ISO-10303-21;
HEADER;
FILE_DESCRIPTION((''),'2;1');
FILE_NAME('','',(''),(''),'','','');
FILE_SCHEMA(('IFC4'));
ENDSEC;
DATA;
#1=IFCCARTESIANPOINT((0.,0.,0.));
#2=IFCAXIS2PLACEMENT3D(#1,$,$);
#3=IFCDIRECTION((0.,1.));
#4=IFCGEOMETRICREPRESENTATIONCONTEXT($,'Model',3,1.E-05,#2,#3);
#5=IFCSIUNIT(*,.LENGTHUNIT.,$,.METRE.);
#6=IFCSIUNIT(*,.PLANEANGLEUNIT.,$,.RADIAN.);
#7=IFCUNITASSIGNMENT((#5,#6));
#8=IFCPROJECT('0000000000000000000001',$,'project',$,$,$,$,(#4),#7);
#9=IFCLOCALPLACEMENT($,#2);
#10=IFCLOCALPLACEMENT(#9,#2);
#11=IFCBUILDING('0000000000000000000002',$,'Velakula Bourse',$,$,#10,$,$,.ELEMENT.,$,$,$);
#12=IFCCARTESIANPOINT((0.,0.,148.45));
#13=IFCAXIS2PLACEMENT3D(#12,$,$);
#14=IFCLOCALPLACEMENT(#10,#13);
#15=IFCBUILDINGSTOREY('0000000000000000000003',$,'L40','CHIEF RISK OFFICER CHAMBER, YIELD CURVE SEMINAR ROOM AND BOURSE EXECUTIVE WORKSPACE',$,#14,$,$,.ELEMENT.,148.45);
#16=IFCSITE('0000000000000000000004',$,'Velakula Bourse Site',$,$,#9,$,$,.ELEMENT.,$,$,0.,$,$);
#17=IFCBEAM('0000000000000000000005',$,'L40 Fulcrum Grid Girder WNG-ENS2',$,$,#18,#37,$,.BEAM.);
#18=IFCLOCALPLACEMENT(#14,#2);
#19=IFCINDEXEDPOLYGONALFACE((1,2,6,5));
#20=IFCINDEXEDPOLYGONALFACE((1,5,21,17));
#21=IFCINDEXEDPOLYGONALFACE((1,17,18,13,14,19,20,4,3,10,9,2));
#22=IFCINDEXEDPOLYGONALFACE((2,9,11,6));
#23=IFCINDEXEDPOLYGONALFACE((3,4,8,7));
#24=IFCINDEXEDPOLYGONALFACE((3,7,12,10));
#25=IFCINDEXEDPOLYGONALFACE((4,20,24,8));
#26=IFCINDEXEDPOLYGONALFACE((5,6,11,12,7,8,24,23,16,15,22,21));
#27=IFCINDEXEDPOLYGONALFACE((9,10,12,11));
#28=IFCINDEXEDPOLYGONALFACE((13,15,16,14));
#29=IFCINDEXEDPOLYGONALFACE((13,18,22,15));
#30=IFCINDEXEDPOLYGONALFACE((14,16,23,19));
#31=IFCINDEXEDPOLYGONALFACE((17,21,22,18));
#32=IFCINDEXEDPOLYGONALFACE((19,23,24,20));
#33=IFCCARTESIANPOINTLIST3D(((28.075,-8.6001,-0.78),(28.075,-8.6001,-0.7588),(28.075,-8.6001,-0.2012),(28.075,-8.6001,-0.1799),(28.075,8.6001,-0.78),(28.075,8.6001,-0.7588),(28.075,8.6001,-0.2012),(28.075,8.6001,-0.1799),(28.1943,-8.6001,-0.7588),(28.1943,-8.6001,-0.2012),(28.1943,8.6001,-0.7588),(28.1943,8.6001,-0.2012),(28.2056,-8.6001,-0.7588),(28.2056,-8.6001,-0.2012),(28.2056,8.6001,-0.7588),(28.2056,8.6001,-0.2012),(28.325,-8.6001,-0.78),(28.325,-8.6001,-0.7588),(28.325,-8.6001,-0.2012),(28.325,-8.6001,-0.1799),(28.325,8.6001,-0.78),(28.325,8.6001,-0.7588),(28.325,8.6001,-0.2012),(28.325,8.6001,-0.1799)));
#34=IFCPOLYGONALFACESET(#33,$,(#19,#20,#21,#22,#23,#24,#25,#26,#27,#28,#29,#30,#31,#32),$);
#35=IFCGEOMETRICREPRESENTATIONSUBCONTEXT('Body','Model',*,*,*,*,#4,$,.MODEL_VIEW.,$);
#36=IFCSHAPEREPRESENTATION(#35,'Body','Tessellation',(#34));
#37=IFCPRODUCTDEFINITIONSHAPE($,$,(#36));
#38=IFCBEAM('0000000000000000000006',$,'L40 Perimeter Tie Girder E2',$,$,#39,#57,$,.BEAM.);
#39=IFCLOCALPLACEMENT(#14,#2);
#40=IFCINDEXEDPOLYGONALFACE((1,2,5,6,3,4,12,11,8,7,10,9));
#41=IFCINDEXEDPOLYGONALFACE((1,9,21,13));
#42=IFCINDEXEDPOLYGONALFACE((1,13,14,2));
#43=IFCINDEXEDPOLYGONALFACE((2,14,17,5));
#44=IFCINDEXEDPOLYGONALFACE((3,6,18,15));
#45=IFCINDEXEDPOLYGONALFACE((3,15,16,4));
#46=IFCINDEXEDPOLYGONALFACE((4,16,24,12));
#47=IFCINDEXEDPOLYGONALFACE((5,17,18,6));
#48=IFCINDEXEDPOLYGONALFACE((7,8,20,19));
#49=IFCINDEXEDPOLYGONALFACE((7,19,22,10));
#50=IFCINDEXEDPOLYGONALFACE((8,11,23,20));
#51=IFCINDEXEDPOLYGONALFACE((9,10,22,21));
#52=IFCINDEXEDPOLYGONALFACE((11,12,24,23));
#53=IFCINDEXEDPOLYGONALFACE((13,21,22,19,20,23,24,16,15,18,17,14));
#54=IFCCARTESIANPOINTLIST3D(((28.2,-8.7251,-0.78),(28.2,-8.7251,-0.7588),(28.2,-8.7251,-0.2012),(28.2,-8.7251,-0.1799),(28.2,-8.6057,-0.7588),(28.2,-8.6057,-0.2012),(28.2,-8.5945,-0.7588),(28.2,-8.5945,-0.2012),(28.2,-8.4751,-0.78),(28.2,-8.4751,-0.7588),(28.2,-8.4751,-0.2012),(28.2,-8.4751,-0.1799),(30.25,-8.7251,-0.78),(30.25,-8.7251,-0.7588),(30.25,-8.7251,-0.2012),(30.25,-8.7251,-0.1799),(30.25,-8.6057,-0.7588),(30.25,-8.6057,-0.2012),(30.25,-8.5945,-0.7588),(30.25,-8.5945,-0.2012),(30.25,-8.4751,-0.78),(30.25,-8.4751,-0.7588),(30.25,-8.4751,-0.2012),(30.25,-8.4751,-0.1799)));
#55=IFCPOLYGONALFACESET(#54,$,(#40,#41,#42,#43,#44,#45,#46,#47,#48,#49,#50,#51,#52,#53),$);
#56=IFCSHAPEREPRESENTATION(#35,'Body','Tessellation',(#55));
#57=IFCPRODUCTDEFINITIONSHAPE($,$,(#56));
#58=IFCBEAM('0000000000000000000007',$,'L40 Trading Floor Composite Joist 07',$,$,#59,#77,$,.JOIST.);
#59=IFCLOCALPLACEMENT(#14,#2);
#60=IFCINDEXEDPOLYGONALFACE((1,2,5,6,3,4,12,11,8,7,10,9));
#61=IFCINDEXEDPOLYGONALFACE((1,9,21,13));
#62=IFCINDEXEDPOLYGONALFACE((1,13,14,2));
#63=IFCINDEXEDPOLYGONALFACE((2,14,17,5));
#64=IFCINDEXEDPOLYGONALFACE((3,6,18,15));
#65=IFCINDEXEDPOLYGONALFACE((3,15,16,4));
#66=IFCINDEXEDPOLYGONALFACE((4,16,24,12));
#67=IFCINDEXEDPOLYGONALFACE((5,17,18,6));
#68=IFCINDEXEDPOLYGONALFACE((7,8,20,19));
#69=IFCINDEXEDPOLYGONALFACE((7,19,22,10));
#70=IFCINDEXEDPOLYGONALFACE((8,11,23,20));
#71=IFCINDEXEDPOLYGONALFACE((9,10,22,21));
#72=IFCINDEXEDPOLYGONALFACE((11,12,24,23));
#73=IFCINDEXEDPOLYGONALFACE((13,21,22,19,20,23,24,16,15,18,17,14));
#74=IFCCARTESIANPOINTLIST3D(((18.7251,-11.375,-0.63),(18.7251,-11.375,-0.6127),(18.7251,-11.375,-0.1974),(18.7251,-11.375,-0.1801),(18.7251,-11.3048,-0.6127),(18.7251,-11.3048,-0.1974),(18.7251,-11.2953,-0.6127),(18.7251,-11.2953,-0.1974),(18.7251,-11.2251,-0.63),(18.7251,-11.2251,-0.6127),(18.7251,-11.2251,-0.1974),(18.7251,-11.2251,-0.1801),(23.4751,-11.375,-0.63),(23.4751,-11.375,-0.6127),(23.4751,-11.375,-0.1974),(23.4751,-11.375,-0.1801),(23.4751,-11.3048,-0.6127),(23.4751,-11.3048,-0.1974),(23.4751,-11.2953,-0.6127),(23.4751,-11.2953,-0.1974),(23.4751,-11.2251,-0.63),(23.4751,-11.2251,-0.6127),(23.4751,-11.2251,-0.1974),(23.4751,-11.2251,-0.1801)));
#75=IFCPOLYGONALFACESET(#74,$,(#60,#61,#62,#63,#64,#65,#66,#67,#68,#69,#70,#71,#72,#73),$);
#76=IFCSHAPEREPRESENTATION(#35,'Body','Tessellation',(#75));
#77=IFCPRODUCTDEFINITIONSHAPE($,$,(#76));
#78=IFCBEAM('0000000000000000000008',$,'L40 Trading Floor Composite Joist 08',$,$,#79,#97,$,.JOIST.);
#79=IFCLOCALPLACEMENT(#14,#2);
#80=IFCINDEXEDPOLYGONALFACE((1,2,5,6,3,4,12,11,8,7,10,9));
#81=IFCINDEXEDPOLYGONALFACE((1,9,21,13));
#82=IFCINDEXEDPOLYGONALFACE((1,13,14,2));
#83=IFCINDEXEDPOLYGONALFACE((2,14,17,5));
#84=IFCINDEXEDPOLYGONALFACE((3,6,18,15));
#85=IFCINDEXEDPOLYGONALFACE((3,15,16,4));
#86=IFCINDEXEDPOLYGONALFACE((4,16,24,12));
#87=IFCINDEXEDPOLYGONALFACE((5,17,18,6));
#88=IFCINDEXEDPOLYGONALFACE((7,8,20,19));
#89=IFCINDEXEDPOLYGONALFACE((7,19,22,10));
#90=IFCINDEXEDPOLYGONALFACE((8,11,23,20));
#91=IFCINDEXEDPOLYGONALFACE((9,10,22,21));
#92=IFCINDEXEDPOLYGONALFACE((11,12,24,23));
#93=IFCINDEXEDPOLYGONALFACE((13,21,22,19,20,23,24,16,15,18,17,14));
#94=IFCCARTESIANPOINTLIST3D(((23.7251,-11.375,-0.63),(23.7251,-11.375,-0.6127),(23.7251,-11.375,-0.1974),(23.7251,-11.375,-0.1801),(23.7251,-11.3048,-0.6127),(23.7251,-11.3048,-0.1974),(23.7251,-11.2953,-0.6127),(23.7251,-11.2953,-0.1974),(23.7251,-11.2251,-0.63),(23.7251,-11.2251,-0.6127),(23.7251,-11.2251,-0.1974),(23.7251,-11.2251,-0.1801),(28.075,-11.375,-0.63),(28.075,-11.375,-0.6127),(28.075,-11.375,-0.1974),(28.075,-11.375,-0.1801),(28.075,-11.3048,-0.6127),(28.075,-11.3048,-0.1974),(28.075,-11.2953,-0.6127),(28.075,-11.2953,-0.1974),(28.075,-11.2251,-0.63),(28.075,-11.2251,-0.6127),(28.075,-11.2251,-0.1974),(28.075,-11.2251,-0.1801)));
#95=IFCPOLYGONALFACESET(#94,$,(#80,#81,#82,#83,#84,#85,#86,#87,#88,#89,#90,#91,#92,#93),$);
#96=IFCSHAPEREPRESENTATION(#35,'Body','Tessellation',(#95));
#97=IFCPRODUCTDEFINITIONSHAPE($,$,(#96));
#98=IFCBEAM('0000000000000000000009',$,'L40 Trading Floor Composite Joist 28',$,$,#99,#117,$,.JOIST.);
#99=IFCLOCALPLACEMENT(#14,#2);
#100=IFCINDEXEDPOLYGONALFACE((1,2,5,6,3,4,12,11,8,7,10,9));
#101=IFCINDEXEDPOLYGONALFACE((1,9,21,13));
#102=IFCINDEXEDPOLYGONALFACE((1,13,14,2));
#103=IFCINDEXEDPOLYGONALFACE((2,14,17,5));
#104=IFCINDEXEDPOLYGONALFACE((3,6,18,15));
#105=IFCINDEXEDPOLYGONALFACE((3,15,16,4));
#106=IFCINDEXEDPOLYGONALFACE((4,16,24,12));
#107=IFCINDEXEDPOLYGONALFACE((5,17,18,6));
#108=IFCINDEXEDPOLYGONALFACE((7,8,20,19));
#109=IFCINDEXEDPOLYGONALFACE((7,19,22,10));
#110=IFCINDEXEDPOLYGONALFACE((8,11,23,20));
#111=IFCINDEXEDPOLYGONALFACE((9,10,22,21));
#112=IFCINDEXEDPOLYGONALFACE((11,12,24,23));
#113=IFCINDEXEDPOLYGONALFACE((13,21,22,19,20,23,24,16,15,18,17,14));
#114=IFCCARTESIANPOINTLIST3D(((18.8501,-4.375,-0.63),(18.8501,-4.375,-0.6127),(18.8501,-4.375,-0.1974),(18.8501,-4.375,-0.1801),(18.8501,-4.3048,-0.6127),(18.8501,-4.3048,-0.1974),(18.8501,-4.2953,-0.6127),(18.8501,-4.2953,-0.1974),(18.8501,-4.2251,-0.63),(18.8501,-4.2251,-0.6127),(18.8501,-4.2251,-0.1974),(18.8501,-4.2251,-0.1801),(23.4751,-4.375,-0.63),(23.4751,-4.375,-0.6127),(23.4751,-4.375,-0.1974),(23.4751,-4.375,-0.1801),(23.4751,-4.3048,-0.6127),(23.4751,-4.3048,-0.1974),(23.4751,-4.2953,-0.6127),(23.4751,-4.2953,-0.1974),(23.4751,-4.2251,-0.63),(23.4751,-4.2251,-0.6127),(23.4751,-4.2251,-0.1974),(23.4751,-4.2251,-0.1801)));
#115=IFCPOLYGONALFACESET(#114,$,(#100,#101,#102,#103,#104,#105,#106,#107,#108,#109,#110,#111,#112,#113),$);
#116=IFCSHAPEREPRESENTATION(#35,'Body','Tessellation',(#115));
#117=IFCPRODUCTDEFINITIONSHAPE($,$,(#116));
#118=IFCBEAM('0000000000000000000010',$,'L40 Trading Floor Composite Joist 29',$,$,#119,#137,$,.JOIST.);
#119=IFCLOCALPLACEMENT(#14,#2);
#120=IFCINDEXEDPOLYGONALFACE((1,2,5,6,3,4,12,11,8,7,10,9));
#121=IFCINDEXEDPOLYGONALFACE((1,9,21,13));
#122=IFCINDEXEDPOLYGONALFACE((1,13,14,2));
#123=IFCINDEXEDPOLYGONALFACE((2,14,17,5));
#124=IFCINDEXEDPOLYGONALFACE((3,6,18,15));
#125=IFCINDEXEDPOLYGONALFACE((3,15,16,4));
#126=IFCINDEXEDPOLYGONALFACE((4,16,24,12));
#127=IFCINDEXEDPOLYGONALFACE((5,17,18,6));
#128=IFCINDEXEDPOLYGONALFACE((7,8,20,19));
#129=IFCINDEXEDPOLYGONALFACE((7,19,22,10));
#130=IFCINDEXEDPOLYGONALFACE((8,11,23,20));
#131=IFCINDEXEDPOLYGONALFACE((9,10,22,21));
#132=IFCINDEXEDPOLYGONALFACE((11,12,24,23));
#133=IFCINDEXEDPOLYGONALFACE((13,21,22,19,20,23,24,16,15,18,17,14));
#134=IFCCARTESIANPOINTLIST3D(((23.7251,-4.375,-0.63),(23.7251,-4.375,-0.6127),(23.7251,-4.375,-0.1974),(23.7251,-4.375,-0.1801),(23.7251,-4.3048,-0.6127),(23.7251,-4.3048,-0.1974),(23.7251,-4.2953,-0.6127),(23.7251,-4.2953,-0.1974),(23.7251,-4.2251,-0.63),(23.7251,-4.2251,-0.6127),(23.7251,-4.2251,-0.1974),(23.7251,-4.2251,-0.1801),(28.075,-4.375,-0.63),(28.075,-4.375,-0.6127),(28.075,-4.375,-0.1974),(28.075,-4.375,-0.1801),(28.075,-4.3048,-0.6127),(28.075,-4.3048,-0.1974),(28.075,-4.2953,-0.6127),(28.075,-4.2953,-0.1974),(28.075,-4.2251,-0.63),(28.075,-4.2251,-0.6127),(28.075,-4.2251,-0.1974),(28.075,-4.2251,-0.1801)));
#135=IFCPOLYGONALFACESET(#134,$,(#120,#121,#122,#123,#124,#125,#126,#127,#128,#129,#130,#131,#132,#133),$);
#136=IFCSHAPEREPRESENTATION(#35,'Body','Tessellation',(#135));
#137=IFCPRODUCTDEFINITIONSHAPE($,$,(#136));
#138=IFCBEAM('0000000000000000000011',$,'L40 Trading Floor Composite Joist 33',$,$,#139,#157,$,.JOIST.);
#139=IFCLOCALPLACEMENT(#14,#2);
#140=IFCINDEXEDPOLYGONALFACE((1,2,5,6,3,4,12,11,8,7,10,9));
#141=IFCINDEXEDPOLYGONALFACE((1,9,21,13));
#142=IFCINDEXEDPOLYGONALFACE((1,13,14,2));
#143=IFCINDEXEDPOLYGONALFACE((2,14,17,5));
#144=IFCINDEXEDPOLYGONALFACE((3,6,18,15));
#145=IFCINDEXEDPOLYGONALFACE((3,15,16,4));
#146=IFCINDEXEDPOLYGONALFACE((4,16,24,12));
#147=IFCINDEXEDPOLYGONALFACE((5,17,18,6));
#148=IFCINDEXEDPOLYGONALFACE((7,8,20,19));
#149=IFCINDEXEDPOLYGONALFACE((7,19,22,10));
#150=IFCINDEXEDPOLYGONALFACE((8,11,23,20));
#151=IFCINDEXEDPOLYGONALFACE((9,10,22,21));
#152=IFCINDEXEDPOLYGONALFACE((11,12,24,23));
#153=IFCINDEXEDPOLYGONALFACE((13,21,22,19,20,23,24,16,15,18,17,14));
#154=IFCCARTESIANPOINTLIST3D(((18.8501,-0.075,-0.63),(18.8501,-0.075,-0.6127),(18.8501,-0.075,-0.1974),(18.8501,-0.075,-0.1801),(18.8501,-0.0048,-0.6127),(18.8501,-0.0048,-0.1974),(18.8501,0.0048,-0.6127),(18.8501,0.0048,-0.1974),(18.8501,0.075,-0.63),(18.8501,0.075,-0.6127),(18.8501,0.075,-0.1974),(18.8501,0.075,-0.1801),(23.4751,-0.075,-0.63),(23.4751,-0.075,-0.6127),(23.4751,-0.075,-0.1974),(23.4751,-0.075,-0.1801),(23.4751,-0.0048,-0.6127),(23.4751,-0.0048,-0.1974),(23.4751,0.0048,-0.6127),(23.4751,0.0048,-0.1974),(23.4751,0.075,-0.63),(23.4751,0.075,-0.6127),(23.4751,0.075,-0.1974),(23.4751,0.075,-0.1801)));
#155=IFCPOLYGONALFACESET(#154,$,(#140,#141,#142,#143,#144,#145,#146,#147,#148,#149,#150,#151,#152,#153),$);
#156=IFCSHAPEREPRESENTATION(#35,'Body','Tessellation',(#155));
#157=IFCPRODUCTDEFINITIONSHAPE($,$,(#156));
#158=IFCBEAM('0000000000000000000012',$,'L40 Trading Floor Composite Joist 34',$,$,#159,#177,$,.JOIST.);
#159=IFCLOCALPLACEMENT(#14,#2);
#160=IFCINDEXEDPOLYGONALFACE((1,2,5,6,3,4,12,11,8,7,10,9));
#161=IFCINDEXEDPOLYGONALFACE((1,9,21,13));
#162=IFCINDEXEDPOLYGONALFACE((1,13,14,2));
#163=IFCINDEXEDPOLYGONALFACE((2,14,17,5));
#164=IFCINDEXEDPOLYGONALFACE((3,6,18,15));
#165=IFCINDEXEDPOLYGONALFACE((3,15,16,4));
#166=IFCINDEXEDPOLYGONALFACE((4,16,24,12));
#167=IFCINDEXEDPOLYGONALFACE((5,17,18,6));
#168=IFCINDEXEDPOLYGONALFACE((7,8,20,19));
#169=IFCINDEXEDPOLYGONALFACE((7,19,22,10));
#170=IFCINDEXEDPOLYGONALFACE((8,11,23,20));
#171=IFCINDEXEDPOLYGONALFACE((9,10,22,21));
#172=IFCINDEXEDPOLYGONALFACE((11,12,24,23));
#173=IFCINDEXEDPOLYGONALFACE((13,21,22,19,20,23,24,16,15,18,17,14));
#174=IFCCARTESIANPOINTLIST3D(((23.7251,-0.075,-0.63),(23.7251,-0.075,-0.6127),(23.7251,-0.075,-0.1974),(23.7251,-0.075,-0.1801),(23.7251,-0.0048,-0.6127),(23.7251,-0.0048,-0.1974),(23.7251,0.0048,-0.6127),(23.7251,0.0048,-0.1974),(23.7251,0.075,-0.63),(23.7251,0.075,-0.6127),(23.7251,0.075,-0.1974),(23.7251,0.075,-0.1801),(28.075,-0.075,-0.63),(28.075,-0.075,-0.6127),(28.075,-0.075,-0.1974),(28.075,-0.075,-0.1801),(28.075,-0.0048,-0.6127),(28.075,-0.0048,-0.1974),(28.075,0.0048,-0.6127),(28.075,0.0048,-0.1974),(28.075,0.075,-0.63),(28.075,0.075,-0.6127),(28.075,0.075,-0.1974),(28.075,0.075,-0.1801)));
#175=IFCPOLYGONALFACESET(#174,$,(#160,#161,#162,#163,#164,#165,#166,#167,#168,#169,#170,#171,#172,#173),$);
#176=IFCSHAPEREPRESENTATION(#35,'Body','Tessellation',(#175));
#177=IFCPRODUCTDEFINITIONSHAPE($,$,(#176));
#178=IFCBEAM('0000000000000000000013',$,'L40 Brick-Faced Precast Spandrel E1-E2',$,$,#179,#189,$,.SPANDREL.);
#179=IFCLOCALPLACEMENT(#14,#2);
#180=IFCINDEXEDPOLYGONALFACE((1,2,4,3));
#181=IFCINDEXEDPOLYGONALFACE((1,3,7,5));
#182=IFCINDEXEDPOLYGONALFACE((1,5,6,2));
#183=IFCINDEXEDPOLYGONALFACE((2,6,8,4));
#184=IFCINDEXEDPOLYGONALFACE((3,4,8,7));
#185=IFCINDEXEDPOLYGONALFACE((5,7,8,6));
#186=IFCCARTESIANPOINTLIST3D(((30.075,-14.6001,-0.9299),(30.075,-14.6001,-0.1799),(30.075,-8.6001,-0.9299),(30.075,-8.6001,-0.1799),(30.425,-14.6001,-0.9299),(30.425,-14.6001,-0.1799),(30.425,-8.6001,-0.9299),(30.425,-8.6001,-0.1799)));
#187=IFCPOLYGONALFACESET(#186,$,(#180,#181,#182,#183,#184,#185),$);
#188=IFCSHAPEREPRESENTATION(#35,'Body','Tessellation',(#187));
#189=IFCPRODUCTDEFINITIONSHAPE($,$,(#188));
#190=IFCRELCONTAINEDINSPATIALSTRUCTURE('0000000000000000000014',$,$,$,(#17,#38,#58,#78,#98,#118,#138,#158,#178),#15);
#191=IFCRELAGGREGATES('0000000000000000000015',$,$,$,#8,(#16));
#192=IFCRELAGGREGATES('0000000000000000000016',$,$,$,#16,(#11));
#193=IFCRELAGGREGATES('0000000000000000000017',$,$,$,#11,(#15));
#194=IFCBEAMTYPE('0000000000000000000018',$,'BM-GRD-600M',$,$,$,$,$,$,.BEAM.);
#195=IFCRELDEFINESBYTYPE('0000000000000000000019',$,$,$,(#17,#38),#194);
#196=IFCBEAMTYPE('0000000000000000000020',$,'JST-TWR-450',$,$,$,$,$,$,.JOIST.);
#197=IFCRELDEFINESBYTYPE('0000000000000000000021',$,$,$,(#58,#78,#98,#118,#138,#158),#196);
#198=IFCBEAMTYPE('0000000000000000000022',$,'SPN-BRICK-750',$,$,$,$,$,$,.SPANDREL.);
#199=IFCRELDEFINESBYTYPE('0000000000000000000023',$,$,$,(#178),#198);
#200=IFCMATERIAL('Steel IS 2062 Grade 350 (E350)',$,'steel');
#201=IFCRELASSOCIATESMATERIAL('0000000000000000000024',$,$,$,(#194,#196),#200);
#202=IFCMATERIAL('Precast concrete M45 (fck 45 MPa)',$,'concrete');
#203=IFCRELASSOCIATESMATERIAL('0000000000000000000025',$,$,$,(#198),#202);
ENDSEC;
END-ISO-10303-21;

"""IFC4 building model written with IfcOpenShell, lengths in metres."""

from ifc_helpers import new_model, si_unit, direction, frame, origin, origin_2d, place, context, subcontext, project, spatial, rectangle, i_section, extrude, material, material_profile, profile_set, type_object, element, save


model = new_model("IFC4")

# Units and contexts
model_context = context("Model", 3, precision=1e-05, world=origin(), true_north=direction((0.0, 1.0)))
body_context = subcontext(model_context, "Body", "Model", "MODEL_VIEW")
ifc_project = project(units=[si_unit("LENGTHUNIT", "METRE"), si_unit("PLANEANGLEUNIT", "RADIAN")], contexts=[model_context])

# Site, building, storey
site_placement = place(None, origin())
site = spatial("IfcSite", under=ifc_project, at=site_placement, Name="Velakula Bourse Site", CompositionType="ELEMENT", RefElevation=0.0)
building_placement = place(site_placement, origin())
building = spatial("IfcBuilding", under=site, at=building_placement, Name="Velakula Bourse", CompositionType="ELEMENT")
storey_placement = place(building_placement, frame((0.0, 0.0, 148.45)))
storey = spatial("IfcBuildingStorey", under=building, at=storey_placement, Name="L40", Description="CHIEF RISK OFFICER CHAMBER, YIELD CURVE SEMINAR ROOM AND BOURSE EXECUTIVE WORKSPACE", CompositionType="ELEMENT", Elevation=148.45)

# Shared definitions
ifc_material_1 = material(Name="Steel IS 2062 Grade 350 (E350)", Category="steel")

# Beams
ifc_material_profile_1 = material_profile(ifc_material_1, i_section(OverallWidth=0.25, OverallDepth=0.6001, WebThickness=0.0112, FlangeThickness=0.0212, at=origin_2d()), Name="Steel IS 2062 Grade 350 (E350)")
ifc_profile_set_1 = profile_set([ifc_material_profile_1], Name="Steel IS 2062 Grade 350 (E350)")
beam_type_1 = type_object("IfcBeamType", Name="BM-GRD-600M", PredefinedType="BEAM", material=ifc_profile_set_1)
for number, where, z_axis, x_axis, name in (
    (1, (28.2, -8.6001, -0.48), (0.0, 1.0, 0.0), (-1.0, 0.0, 0.0), "L40 Fulcrum Grid Girder WNG-ENS2"),
):
    element("IfcBeam", number, at=place(storey_placement, frame(where, z_axis=z_axis, x_axis=x_axis)), inside=storey, type_object=beam_type_1, Name=name, PredefinedType="BEAM", context=body_context, shape_type="SweptSolid", body=[
        extrude(i_section(OverallWidth=0.25, OverallDepth=0.6001, WebThickness=0.0112, FlangeThickness=0.0212, at=origin_2d()), origin(), (0.0, 0.0, 1.0), 17.2002),
    ])
beam_1_placement = place(storey_placement, frame((28.2, -8.6001, -0.48), z_axis=(1.0, 0.0, 0.0), x_axis=(0.0, 1.0, 0.0)))
element("IfcBeam", 2, at=beam_1_placement, inside=storey, type_object=beam_type_1, Name="L40 Perimeter Tie Girder E2", PredefinedType="BEAM", context=body_context, shape_type="SweptSolid", body=[
    extrude(i_section(OverallWidth=0.25, OverallDepth=0.6001, WebThickness=0.0112, FlangeThickness=0.0212, at=origin_2d()), origin(), (0.0, 0.0, 1.0), 2.05),
])
ifc_material_profile_2 = material_profile(ifc_material_1, i_section(OverallWidth=0.1499, OverallDepth=0.45, WebThickness=0.0095, FlangeThickness=0.0173, at=origin_2d()), Name="Steel IS 2062 Grade 350 (E350)")
ifc_profile_set_2 = profile_set([ifc_material_profile_2], Name="Steel IS 2062 Grade 350 (E350)")
beam_type_2 = type_object("IfcBeamType", Name="JST-TWR-450", PredefinedType="JOIST", material=ifc_profile_set_2)
beam_2_placement = place(storey_placement, frame((18.7251, -11.3, -0.405), z_axis=(1.0, 0.0, 0.0), x_axis=(0.0, 1.0, 0.0)))
element("IfcBeam", 3, at=beam_2_placement, inside=storey, type_object=beam_type_2, Name="L40 Trading Floor Composite Joist 07", PredefinedType="JOIST", context=body_context, shape_type="SweptSolid", body=[
    extrude(i_section(OverallWidth=0.1499, OverallDepth=0.45, WebThickness=0.0095, FlangeThickness=0.0173, at=origin_2d()), origin(), (0.0, 0.0, 1.0), 4.75),
])
beam_3_placement = place(storey_placement, frame((23.7251, -11.3, -0.405), z_axis=(1.0, 0.0, 0.0), x_axis=(0.0, 1.0, 0.0)))
element("IfcBeam", 4, at=beam_3_placement, inside=storey, type_object=beam_type_2, Name="L40 Trading Floor Composite Joist 08", PredefinedType="JOIST", context=body_context, shape_type="SweptSolid", body=[
    extrude(i_section(OverallWidth=0.1499, OverallDepth=0.45, WebThickness=0.0095, FlangeThickness=0.0173, at=origin_2d()), origin(), (0.0, 0.0, 1.0), 4.3499),
])
beam_4_placement = place(storey_placement, frame((18.8501, -4.3, -0.405), z_axis=(1.0, 0.0, 0.0), x_axis=(0.0, 1.0, 0.0)))
element("IfcBeam", 5, at=beam_4_placement, inside=storey, type_object=beam_type_2, Name="L40 Trading Floor Composite Joist 28", PredefinedType="JOIST", context=body_context, shape_type="SweptSolid", body=[
    extrude(i_section(OverallWidth=0.1499, OverallDepth=0.45, WebThickness=0.0095, FlangeThickness=0.0173, at=origin_2d()), origin(), (0.0, 0.0, 1.0), 4.625),
])
beam_5_placement = place(storey_placement, frame((23.7251, -4.3, -0.405), z_axis=(1.0, 0.0, 0.0), x_axis=(0.0, 1.0, 0.0)))
element("IfcBeam", 6, at=beam_5_placement, inside=storey, type_object=beam_type_2, Name="L40 Trading Floor Composite Joist 29", PredefinedType="JOIST", context=body_context, shape_type="SweptSolid", body=[
    extrude(i_section(OverallWidth=0.1499, OverallDepth=0.45, WebThickness=0.0095, FlangeThickness=0.0173, at=origin_2d()), origin(), (0.0, 0.0, 1.0), 4.3499),
])
beam_6_placement = place(storey_placement, frame((18.8501, 0.0, -0.405), z_axis=(1.0, 0.0, 0.0), x_axis=(0.0, 1.0, 0.0)))
element("IfcBeam", 7, at=beam_6_placement, inside=storey, type_object=beam_type_2, Name="L40 Trading Floor Composite Joist 33", PredefinedType="JOIST", context=body_context, shape_type="SweptSolid", body=[
    extrude(i_section(OverallWidth=0.1499, OverallDepth=0.45, WebThickness=0.0095, FlangeThickness=0.0173, at=origin_2d()), origin(), (0.0, 0.0, 1.0), 4.625),
])
beam_7_placement = place(storey_placement, frame((23.7251, 0.0, -0.405), z_axis=(1.0, 0.0, 0.0), x_axis=(0.0, 1.0, 0.0)))
element("IfcBeam", 8, at=beam_7_placement, inside=storey, type_object=beam_type_2, Name="L40 Trading Floor Composite Joist 34", PredefinedType="JOIST", context=body_context, shape_type="SweptSolid", body=[
    extrude(i_section(OverallWidth=0.1499, OverallDepth=0.45, WebThickness=0.0095, FlangeThickness=0.0173, at=origin_2d()), origin(), (0.0, 0.0, 1.0), 4.3499),
])
ifc_material_2 = material(Name="Precast concrete M45 (fck 45 MPa)", Category="concrete")
ifc_material_profile_3 = material_profile(ifc_material_2, rectangle(XDim=0.3501, YDim=0.75, at=origin_2d()), Name="Precast concrete M45 (fck 45 MPa)")
ifc_profile_set_3 = profile_set([ifc_material_profile_3], Name="Precast concrete M45 (fck 45 MPa)")
beam_type_3 = type_object("IfcBeamType", Name="SPN-BRICK-750", PredefinedType="SPANDREL", material=ifc_profile_set_3)
beam_8_placement = place(storey_placement, frame((30.25, -14.6001, -0.5549), z_axis=(0.0, 1.0, 0.0), x_axis=(-1.0, 0.0, 0.0)))
element("IfcBeam", 9, at=beam_8_placement, inside=storey, type_object=beam_type_3, Name="L40 Brick-Faced Precast Spandrel E1-E2", PredefinedType="SPANDREL", context=body_context, shape_type="SweptSolid", body=[
    extrude(rectangle(XDim=0.3501, YDim=0.75, at=origin_2d()), origin(), (0.0, 0.0, 1.0), 6.0),
])

save(model, "model.ifc")
